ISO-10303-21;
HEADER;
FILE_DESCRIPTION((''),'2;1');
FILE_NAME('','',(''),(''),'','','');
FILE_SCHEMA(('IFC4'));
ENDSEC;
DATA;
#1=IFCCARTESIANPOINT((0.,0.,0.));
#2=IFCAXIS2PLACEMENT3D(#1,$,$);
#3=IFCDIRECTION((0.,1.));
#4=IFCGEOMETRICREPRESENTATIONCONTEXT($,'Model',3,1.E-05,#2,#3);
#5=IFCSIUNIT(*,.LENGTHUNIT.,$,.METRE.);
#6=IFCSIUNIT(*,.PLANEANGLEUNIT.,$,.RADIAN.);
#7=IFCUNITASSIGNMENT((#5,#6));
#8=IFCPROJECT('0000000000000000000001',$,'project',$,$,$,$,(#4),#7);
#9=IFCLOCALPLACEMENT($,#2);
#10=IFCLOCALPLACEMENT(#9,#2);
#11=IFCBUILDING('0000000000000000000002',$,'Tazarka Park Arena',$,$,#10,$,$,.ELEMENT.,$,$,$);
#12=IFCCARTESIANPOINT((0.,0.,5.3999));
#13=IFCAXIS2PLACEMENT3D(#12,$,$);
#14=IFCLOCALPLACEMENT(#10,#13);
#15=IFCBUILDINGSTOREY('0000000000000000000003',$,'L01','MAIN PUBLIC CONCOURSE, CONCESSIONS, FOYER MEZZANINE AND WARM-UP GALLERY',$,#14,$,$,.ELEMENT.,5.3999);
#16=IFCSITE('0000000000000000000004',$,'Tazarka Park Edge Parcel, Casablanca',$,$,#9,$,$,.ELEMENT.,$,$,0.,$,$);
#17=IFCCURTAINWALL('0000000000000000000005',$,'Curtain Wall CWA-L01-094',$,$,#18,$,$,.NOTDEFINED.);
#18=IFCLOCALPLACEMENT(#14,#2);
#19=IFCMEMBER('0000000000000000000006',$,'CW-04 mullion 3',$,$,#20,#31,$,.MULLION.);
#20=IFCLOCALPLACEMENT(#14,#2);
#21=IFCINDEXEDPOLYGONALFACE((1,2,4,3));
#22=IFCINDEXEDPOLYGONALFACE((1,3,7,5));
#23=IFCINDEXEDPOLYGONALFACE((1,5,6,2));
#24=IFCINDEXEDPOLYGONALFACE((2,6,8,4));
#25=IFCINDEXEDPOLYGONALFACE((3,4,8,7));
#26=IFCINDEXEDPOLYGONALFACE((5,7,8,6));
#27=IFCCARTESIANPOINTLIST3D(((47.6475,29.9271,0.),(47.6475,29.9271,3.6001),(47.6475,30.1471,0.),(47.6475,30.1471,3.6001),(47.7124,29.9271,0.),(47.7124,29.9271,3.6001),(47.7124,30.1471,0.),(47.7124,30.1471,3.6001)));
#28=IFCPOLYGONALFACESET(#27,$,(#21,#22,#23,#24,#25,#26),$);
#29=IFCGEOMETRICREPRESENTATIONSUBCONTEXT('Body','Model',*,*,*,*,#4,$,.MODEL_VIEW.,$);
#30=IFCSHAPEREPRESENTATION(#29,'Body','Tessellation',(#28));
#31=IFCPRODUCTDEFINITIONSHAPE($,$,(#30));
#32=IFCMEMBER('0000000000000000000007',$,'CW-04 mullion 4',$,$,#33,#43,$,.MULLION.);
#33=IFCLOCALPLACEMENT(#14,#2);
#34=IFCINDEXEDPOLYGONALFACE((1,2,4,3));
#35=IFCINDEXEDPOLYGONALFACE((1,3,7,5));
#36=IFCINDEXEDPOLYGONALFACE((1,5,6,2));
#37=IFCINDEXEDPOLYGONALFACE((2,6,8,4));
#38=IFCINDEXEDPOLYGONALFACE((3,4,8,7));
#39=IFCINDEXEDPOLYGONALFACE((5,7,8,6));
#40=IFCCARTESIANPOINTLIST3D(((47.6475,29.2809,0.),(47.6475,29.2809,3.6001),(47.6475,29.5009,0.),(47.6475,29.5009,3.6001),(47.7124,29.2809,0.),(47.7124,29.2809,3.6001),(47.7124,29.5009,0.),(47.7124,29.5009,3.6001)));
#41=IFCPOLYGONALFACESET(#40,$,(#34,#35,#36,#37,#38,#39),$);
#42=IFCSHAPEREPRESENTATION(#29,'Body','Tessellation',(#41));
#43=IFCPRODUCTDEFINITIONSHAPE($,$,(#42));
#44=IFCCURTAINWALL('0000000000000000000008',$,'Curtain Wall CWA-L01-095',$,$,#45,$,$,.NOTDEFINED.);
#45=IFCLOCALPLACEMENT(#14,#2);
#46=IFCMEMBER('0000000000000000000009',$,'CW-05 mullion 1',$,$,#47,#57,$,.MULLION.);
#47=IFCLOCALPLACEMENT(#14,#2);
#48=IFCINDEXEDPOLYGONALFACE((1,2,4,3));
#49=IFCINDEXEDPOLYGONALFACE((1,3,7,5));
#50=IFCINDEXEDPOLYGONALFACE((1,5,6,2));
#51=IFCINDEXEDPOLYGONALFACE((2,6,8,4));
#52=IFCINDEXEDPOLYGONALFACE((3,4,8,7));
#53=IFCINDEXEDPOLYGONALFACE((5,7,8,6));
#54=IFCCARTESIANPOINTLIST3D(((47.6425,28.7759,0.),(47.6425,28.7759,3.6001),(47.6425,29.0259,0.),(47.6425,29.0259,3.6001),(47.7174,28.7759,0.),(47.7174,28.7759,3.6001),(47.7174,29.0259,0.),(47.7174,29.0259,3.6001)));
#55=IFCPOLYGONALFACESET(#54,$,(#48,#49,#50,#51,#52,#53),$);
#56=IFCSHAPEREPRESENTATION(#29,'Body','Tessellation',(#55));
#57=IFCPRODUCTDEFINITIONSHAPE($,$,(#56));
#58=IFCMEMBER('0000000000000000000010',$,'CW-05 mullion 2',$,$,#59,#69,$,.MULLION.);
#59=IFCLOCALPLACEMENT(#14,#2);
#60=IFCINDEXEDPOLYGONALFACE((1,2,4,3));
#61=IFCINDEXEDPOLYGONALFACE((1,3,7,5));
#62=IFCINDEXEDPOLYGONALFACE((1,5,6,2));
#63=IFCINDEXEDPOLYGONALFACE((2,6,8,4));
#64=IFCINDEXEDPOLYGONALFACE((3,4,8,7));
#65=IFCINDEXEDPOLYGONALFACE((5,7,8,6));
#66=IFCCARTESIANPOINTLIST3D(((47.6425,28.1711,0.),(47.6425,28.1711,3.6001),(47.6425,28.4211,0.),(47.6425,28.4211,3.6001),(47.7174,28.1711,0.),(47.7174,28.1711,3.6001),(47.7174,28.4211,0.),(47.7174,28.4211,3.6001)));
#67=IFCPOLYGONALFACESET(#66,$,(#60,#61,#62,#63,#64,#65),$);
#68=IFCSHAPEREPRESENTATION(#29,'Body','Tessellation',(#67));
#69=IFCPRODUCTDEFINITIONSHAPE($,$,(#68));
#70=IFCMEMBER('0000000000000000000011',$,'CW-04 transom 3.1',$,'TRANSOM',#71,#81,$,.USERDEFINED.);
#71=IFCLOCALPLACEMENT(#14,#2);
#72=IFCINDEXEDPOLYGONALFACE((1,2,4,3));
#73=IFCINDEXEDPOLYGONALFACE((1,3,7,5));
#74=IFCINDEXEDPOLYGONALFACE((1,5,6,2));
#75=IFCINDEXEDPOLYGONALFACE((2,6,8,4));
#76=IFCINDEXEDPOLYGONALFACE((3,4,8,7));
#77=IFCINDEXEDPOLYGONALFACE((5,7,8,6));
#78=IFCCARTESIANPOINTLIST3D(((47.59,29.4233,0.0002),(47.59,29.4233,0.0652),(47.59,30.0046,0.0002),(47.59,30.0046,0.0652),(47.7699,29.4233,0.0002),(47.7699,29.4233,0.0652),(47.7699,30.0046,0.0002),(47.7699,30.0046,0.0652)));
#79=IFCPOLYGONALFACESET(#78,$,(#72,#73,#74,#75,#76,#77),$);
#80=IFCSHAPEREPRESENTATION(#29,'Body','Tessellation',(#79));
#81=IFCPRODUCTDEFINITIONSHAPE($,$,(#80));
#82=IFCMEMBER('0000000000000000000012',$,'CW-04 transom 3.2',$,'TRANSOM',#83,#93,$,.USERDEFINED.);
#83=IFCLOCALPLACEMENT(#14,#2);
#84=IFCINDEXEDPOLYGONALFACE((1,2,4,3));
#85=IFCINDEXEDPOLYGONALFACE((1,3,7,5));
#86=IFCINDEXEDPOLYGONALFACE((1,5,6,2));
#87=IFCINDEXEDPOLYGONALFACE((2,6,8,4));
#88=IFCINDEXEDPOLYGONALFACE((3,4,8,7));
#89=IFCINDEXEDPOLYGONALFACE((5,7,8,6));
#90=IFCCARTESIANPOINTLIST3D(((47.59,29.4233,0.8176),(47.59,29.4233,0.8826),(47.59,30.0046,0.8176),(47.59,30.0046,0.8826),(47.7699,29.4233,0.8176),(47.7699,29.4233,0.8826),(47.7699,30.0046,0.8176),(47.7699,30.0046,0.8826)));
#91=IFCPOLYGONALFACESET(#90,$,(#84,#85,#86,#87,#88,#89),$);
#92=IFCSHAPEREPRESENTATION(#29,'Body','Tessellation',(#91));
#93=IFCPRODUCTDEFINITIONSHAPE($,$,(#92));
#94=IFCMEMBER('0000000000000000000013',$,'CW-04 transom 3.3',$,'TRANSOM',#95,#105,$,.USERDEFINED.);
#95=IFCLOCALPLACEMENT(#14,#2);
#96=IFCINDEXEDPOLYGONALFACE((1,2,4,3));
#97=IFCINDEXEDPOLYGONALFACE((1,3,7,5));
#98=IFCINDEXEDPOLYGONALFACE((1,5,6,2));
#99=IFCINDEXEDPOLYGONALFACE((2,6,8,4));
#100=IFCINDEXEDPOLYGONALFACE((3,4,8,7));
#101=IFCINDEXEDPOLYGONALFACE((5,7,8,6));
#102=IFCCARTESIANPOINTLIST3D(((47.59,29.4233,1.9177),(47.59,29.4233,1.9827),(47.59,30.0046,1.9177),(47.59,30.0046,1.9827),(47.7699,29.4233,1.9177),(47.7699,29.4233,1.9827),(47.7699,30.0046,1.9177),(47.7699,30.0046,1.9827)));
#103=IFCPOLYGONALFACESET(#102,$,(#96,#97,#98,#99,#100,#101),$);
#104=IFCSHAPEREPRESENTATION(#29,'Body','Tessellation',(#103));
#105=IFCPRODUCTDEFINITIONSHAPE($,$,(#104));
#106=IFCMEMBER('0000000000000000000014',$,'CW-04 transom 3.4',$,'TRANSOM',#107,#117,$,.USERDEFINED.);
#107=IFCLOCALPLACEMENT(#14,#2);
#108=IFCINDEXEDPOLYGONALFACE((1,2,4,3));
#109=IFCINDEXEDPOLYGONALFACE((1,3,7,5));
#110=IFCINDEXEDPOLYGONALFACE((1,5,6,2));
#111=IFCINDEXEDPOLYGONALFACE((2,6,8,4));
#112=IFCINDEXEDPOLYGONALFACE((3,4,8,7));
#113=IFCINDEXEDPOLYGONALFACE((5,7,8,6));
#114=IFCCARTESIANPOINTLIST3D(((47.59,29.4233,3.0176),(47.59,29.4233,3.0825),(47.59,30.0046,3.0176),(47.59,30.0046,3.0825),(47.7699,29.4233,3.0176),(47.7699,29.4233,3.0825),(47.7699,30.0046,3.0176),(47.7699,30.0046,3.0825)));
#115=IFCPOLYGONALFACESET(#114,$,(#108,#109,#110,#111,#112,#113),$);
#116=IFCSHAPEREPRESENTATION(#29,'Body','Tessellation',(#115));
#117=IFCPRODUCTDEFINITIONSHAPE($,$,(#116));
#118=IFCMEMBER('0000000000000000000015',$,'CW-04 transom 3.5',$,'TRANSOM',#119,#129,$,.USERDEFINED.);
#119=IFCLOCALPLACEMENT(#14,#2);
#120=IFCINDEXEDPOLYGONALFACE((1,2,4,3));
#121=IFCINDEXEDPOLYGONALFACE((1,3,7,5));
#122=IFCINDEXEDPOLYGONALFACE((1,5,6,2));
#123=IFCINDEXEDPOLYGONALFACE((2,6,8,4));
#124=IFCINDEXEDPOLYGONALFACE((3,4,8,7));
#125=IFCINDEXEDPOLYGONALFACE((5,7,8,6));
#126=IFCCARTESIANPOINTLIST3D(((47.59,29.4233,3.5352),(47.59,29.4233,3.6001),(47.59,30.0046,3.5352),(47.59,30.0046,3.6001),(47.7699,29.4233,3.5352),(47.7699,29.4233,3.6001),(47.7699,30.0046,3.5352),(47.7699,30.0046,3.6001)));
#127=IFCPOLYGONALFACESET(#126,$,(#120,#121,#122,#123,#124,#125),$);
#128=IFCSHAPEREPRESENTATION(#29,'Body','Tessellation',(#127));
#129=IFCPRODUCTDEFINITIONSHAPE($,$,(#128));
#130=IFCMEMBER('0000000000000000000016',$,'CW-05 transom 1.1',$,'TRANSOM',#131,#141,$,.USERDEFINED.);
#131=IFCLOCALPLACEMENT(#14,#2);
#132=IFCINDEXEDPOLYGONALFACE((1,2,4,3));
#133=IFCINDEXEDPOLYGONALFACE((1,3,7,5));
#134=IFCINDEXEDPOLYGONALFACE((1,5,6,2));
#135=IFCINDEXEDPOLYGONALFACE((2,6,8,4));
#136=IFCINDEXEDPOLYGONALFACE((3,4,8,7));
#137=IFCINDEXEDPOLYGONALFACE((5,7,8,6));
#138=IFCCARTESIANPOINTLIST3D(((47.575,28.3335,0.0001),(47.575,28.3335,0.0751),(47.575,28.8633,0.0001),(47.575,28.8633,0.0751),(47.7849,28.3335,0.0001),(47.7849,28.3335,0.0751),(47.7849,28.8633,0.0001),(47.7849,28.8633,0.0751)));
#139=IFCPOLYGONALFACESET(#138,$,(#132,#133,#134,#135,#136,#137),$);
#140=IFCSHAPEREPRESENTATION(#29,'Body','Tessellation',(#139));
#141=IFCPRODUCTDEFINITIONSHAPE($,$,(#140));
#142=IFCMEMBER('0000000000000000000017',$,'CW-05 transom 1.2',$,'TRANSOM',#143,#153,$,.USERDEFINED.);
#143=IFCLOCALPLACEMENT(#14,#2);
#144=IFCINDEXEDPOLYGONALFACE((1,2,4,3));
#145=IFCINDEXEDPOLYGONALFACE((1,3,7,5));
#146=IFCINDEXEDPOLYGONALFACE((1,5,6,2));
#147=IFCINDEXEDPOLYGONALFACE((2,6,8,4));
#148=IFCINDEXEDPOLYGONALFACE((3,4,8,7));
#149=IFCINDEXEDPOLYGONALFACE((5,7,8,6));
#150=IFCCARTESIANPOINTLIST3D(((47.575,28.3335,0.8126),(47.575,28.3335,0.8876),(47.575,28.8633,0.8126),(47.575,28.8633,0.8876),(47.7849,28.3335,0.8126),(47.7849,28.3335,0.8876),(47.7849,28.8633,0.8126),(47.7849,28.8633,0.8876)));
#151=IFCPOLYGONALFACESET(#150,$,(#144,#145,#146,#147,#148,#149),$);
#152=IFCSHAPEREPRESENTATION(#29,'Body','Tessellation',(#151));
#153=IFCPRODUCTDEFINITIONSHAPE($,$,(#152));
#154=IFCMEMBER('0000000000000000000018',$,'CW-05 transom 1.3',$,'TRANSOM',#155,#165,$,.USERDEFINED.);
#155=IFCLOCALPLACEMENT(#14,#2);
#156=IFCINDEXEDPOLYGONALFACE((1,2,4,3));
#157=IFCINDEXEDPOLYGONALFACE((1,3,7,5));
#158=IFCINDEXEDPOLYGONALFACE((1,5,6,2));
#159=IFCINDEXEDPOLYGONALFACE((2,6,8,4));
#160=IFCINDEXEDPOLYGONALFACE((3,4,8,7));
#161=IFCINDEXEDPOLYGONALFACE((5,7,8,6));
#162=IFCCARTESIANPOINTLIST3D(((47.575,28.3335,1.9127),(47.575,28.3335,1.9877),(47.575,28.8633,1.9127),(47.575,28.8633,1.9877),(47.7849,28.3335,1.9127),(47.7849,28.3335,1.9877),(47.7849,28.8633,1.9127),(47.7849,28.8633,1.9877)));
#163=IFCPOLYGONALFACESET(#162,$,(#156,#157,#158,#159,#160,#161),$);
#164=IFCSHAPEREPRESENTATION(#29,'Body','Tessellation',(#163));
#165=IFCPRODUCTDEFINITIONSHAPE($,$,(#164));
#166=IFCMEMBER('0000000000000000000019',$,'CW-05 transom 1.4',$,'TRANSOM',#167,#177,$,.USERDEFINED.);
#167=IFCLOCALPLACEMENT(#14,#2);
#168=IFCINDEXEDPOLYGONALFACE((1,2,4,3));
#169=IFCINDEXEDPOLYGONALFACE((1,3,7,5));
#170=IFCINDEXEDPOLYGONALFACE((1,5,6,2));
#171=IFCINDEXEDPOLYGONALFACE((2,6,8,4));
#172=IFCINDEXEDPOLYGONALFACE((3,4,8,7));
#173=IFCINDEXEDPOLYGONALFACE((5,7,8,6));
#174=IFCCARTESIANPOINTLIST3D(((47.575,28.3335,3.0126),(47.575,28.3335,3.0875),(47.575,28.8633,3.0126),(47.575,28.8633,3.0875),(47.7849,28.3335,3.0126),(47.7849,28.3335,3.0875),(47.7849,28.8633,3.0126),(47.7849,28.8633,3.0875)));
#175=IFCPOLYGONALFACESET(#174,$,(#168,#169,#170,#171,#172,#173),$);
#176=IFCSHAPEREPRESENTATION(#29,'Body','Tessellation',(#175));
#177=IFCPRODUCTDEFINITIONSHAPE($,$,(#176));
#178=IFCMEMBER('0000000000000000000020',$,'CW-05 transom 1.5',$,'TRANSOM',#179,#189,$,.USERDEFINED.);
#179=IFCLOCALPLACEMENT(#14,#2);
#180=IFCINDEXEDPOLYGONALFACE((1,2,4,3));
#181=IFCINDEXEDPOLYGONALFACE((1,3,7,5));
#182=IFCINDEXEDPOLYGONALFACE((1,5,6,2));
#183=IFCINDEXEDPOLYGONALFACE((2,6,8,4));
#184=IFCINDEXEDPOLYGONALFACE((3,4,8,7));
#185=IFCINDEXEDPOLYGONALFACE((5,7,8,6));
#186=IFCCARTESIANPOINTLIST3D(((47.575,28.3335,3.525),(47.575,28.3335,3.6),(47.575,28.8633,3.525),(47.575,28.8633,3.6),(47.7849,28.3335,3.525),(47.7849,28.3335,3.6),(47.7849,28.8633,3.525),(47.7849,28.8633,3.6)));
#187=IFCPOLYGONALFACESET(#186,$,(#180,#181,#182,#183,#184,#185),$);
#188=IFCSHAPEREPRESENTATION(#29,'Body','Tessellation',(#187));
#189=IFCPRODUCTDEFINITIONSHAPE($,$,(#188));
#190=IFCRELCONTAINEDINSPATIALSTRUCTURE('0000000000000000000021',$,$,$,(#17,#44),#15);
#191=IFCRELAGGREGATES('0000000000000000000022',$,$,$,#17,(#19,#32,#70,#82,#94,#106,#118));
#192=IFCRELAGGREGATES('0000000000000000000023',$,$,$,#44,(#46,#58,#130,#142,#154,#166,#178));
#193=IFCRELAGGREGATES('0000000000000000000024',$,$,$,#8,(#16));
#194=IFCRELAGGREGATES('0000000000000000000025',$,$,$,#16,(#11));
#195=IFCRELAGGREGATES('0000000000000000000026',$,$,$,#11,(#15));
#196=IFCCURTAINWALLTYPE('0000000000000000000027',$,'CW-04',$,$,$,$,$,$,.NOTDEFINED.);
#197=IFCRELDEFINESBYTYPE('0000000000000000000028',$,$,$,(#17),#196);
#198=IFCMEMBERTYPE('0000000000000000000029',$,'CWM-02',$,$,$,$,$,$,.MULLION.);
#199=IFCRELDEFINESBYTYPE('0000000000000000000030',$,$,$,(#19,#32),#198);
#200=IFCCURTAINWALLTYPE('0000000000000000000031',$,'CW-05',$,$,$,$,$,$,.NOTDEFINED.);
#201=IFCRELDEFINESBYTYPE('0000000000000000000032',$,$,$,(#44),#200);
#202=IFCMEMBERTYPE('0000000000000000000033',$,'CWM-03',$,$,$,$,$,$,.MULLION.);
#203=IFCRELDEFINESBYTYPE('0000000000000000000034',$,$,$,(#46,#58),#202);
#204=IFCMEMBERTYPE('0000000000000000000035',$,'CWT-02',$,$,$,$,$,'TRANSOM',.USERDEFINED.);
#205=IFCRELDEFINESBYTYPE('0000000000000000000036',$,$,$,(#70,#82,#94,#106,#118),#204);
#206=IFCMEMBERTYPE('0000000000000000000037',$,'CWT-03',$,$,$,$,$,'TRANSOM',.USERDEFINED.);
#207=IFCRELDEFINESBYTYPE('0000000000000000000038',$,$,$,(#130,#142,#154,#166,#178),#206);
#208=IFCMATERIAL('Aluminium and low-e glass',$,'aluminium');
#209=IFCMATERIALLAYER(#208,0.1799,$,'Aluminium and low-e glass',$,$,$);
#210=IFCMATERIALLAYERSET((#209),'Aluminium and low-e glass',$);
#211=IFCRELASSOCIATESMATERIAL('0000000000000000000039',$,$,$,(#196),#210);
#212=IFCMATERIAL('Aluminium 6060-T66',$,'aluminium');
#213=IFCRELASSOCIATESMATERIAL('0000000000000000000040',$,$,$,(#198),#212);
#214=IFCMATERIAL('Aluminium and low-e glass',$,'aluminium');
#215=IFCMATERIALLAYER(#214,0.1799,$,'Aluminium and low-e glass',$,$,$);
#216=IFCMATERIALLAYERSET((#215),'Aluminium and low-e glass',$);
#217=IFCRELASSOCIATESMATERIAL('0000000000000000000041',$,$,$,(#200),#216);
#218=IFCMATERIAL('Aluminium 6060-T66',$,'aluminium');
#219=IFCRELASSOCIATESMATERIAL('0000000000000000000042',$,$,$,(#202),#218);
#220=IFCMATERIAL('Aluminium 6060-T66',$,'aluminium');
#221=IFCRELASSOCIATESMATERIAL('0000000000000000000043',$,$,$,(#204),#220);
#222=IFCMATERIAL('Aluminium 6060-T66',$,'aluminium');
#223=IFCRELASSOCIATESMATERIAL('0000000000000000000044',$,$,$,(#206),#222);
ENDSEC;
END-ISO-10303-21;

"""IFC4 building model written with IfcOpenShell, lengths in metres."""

from ifc_helpers import new_model, si_unit, direction, frame, origin, origin_2d, place, context, subcontext, project, spatial, rectangle, extrude, material, layer, layer_set, material_profile, profile_set, type_object, element, aggregate, save


model = new_model("IFC4")

# Units and contexts
model_context = context("Model", 3, precision=1e-05, world=origin(), true_north=direction((0.0, 1.0)))
body_context = subcontext(model_context, "Body", "Model", "MODEL_VIEW")
ifc_project = project(units=[si_unit("LENGTHUNIT", "METRE"), si_unit("PLANEANGLEUNIT", "RADIAN")], contexts=[model_context])

# Site, building, storey
site_placement = place(None, origin())
site = spatial("IfcSite", under=ifc_project, at=site_placement, Name="Tazarka Park Edge Parcel, Casablanca", CompositionType="ELEMENT", RefElevation=0.0)
building_placement = place(site_placement, origin())
building = spatial("IfcBuilding", under=site, at=building_placement, Name="Tazarka Park Arena", CompositionType="ELEMENT")
storey_placement = place(building_placement, frame((0.0, 0.0, 5.3999)))
storey = spatial("IfcBuildingStorey", under=building, at=storey_placement, Name="L01", Description="MAIN PUBLIC CONCOURSE, CONCESSIONS, FOYER MEZZANINE AND WARM-UP GALLERY", CompositionType="ELEMENT", Elevation=5.3999)

# Curtain walls, members
ifc_material_1 = material(Name="Aluminium and low-e glass", Category="aluminium")
ifc_layer_1 = layer(ifc_material_1, 0.1799, Name="Aluminium and low-e glass")
ifc_layer_set_1 = layer_set([ifc_layer_1], Name="Aluminium and low-e glass")
curtain_wall_type_1 = type_object("IfcCurtainWallType", Name="CW-04", PredefinedType="NOTDEFINED", material=ifc_layer_set_1)
curtain_wall_1_placement = place(storey_placement, origin())
curtain_wall_1 = element("IfcCurtainWall", 1, at=curtain_wall_1_placement, inside=storey, type_object=curtain_wall_type_1, Name="Curtain Wall CWA-L01-094", PredefinedType="NOTDEFINED")
ifc_material_2 = material(Name="Aluminium 6060-T66", Category="aluminium")
ifc_material_profile_1 = material_profile(ifc_material_2, rectangle(XDim=0.0649, YDim=0.22, at=origin_2d()), Name="Aluminium 6060-T66")
ifc_profile_set_1 = profile_set([ifc_material_profile_1], Name="Aluminium 6060-T66")
member_type_1 = type_object("IfcMemberType", Name="CWM-02", PredefinedType="MULLION", material=ifc_profile_set_1)
member_1_placement = place(storey_placement, frame((47.6799, 30.0371, 0.0), z_axis=(0.0, 0.0, 1.0), x_axis=(1.0, 0.0, 0.0)))
member_1 = element("IfcMember", 2, at=member_1_placement, type_object=member_type_1, Name="CW-04 mullion 3", PredefinedType="MULLION", context=body_context, shape_type="SweptSolid", body=[
    extrude(rectangle(XDim=0.0649, YDim=0.22, at=origin_2d()), origin(), (0.0, 0.0, 1.0), 3.6001),
])
member_2_placement = place(storey_placement, frame((47.6799, 29.3909, 0.0), z_axis=(0.0, 0.0, 1.0), x_axis=(1.0, 0.0, 0.0)))
member_2 = element("IfcMember", 3, at=member_2_placement, type_object=member_type_1, Name="CW-04 mullion 4", PredefinedType="MULLION", context=body_context, shape_type="SweptSolid", body=[
    extrude(rectangle(XDim=0.0649, YDim=0.22, at=origin_2d()), origin(), (0.0, 0.0, 1.0), 3.6001),
])
ifc_material_3 = material(Name="Aluminium and low-e glass", Category="aluminium")
ifc_layer_2 = layer(ifc_material_3, 0.1799, Name="Aluminium and low-e glass")
ifc_layer_set_2 = layer_set([ifc_layer_2], Name="Aluminium and low-e glass")
curtain_wall_type_2 = type_object("IfcCurtainWallType", Name="CW-05", PredefinedType="NOTDEFINED", material=ifc_layer_set_2)
curtain_wall_2_placement = place(storey_placement, origin())
curtain_wall_2 = element("IfcCurtainWall", 4, at=curtain_wall_2_placement, inside=storey, type_object=curtain_wall_type_2, Name="Curtain Wall CWA-L01-095", PredefinedType="NOTDEFINED")
ifc_material_4 = material(Name="Aluminium 6060-T66", Category="aluminium")
ifc_material_profile_2 = material_profile(ifc_material_4, rectangle(XDim=0.075, YDim=0.25, at=origin_2d()), Name="Aluminium 6060-T66")
ifc_profile_set_2 = profile_set([ifc_material_profile_2], Name="Aluminium 6060-T66")
member_type_2 = type_object("IfcMemberType", Name="CWM-03", PredefinedType="MULLION", material=ifc_profile_set_2)
member_3_placement = place(storey_placement, frame((47.6799, 28.9009, 0.0), z_axis=(0.0, 0.0, 1.0), x_axis=(1.0, 0.0, 0.0)))
member_3 = element("IfcMember", 5, at=member_3_placement, type_object=member_type_2, Name="CW-05 mullion 1", PredefinedType="MULLION", context=body_context, shape_type="SweptSolid", body=[
    extrude(rectangle(XDim=0.075, YDim=0.25, at=origin_2d()), origin(), (0.0, 0.0, 1.0), 3.6001),
])
member_4_placement = place(storey_placement, frame((47.6799, 28.2961, 0.0), z_axis=(0.0, 0.0, 1.0), x_axis=(1.0, 0.0, 0.0)))
member_4 = element("IfcMember", 6, at=member_4_placement, type_object=member_type_2, Name="CW-05 mullion 2", PredefinedType="MULLION", context=body_context, shape_type="SweptSolid", body=[
    extrude(rectangle(XDim=0.075, YDim=0.25, at=origin_2d()), origin(), (0.0, 0.0, 1.0), 3.6001),
])

# Members
ifc_material_5 = material(Name="Aluminium 6060-T66", Category="aluminium")
ifc_material_profile_3 = material_profile(ifc_material_5, rectangle(XDim=0.1799, YDim=0.0649, at=origin_2d()), Name="Aluminium 6060-T66")
ifc_profile_set_3 = profile_set([ifc_material_profile_3], Name="Aluminium 6060-T66")
member_type_3 = type_object("IfcMemberType", Name="CWT-02", ElementType="TRANSOM", PredefinedType="USERDEFINED", material=ifc_profile_set_3)
member_5_placement = place(storey_placement, frame((47.6799, 30.0046, 0.0327), z_axis=(0.0, -1.0, 0.0), x_axis=(1.0, 0.0, 0.0)))
member_5 = element("IfcMember", 7, at=member_5_placement, type_object=member_type_3, Name="CW-04 transom 3.1", ObjectType="TRANSOM", PredefinedType="USERDEFINED", context=body_context, shape_type="SweptSolid", body=[
    extrude(rectangle(XDim=0.1799, YDim=0.0649, at=origin_2d()), origin(), (0.0, 0.0, 1.0), 0.5813),
])
member_6_placement = place(storey_placement, frame((47.6799, 30.0046, 0.8501), z_axis=(0.0, -1.0, 0.0), x_axis=(1.0, 0.0, 0.0)))
member_6 = element("IfcMember", 8, at=member_6_placement, type_object=member_type_3, Name="CW-04 transom 3.2", ObjectType="TRANSOM", PredefinedType="USERDEFINED", context=body_context, shape_type="SweptSolid", body=[
    extrude(rectangle(XDim=0.1799, YDim=0.0649, at=origin_2d()), origin(), (0.0, 0.0, 1.0), 0.5813),
])
member_7_placement = place(storey_placement, frame((47.6799, 30.0046, 1.9502), z_axis=(0.0, -1.0, 0.0), x_axis=(1.0, 0.0, 0.0)))
member_7 = element("IfcMember", 9, at=member_7_placement, type_object=member_type_3, Name="CW-04 transom 3.3", ObjectType="TRANSOM", PredefinedType="USERDEFINED", context=body_context, shape_type="SweptSolid", body=[
    extrude(rectangle(XDim=0.1799, YDim=0.0649, at=origin_2d()), origin(), (0.0, 0.0, 1.0), 0.5813),
])
member_8_placement = place(storey_placement, frame((47.6799, 30.0046, 3.05), z_axis=(0.0, -1.0, 0.0), x_axis=(1.0, 0.0, 0.0)))
member_8 = element("IfcMember", 10, at=member_8_placement, type_object=member_type_3, Name="CW-04 transom 3.4", ObjectType="TRANSOM", PredefinedType="USERDEFINED", context=body_context, shape_type="SweptSolid", body=[
    extrude(rectangle(XDim=0.1799, YDim=0.0649, at=origin_2d()), origin(), (0.0, 0.0, 1.0), 0.5813),
])
member_9_placement = place(storey_placement, frame((47.6799, 30.0046, 3.5676), z_axis=(0.0, -1.0, 0.0), x_axis=(1.0, 0.0, 0.0)))
member_9 = element("IfcMember", 11, at=member_9_placement, type_object=member_type_3, Name="CW-04 transom 3.5", ObjectType="TRANSOM", PredefinedType="USERDEFINED", context=body_context, shape_type="SweptSolid", body=[
    extrude(rectangle(XDim=0.1799, YDim=0.0649, at=origin_2d()), origin(), (0.0, 0.0, 1.0), 0.5813),
])
ifc_material_6 = material(Name="Aluminium 6060-T66", Category="aluminium")
ifc_material_profile_4 = material_profile(ifc_material_6, rectangle(XDim=0.21, YDim=0.075, at=origin_2d()), Name="Aluminium 6060-T66")
ifc_profile_set_4 = profile_set([ifc_material_profile_4], Name="Aluminium 6060-T66")
member_type_4 = type_object("IfcMemberType", Name="CWT-03", ElementType="TRANSOM", PredefinedType="USERDEFINED", material=ifc_profile_set_4)
member_10_placement = place(storey_placement, frame((47.6799, 28.8633, 0.0376), z_axis=(0.0, -1.0, 0.0), x_axis=(1.0, 0.0, 0.0)))
member_10 = element("IfcMember", 12, at=member_10_placement, type_object=member_type_4, Name="CW-05 transom 1.1", ObjectType="TRANSOM", PredefinedType="USERDEFINED", context=body_context, shape_type="SweptSolid", body=[
    extrude(rectangle(XDim=0.21, YDim=0.075, at=origin_2d()), origin(), (0.0, 0.0, 1.0), 0.5298),
])
member_11_placement = place(storey_placement, frame((47.6799, 28.8633, 0.8501), z_axis=(0.0, -1.0, 0.0), x_axis=(1.0, 0.0, 0.0)))
member_11 = element("IfcMember", 13, at=member_11_placement, type_object=member_type_4, Name="CW-05 transom 1.2", ObjectType="TRANSOM", PredefinedType="USERDEFINED", context=body_context, shape_type="SweptSolid", body=[
    extrude(rectangle(XDim=0.21, YDim=0.075, at=origin_2d()), origin(), (0.0, 0.0, 1.0), 0.5298),
])
member_12_placement = place(storey_placement, frame((47.6799, 28.8633, 1.9502), z_axis=(0.0, -1.0, 0.0), x_axis=(1.0, 0.0, 0.0)))
member_12 = element("IfcMember", 14, at=member_12_placement, type_object=member_type_4, Name="CW-05 transom 1.3", ObjectType="TRANSOM", PredefinedType="USERDEFINED", context=body_context, shape_type="SweptSolid", body=[
    extrude(rectangle(XDim=0.21, YDim=0.075, at=origin_2d()), origin(), (0.0, 0.0, 1.0), 0.5298),
])
member_13_placement = place(storey_placement, frame((47.6799, 28.8633, 3.05), z_axis=(0.0, -1.0, 0.0), x_axis=(1.0, 0.0, 0.0)))
member_13 = element("IfcMember", 15, at=member_13_placement, type_object=member_type_4, Name="CW-05 transom 1.4", ObjectType="TRANSOM", PredefinedType="USERDEFINED", context=body_context, shape_type="SweptSolid", body=[
    extrude(rectangle(XDim=0.21, YDim=0.075, at=origin_2d()), origin(), (0.0, 0.0, 1.0), 0.5298),
])
member_14_placement = place(storey_placement, frame((47.6799, 28.8633, 3.5625), z_axis=(0.0, -1.0, 0.0), x_axis=(1.0, 0.0, 0.0)))
member_14 = element("IfcMember", 16, at=member_14_placement, type_object=member_type_4, Name="CW-05 transom 1.5", ObjectType="TRANSOM", PredefinedType="USERDEFINED", context=body_context, shape_type="SweptSolid", body=[
    extrude(rectangle(XDim=0.21, YDim=0.075, at=origin_2d()), origin(), (0.0, 0.0, 1.0), 0.5298),
])

aggregate(curtain_wall_1, [member_1, member_2, member_5, member_6, member_7, member_8, member_9])
aggregate(curtain_wall_2, [member_3, member_4, member_10, member_11, member_12, member_13, member_14])

save(model, "model.ifc")
